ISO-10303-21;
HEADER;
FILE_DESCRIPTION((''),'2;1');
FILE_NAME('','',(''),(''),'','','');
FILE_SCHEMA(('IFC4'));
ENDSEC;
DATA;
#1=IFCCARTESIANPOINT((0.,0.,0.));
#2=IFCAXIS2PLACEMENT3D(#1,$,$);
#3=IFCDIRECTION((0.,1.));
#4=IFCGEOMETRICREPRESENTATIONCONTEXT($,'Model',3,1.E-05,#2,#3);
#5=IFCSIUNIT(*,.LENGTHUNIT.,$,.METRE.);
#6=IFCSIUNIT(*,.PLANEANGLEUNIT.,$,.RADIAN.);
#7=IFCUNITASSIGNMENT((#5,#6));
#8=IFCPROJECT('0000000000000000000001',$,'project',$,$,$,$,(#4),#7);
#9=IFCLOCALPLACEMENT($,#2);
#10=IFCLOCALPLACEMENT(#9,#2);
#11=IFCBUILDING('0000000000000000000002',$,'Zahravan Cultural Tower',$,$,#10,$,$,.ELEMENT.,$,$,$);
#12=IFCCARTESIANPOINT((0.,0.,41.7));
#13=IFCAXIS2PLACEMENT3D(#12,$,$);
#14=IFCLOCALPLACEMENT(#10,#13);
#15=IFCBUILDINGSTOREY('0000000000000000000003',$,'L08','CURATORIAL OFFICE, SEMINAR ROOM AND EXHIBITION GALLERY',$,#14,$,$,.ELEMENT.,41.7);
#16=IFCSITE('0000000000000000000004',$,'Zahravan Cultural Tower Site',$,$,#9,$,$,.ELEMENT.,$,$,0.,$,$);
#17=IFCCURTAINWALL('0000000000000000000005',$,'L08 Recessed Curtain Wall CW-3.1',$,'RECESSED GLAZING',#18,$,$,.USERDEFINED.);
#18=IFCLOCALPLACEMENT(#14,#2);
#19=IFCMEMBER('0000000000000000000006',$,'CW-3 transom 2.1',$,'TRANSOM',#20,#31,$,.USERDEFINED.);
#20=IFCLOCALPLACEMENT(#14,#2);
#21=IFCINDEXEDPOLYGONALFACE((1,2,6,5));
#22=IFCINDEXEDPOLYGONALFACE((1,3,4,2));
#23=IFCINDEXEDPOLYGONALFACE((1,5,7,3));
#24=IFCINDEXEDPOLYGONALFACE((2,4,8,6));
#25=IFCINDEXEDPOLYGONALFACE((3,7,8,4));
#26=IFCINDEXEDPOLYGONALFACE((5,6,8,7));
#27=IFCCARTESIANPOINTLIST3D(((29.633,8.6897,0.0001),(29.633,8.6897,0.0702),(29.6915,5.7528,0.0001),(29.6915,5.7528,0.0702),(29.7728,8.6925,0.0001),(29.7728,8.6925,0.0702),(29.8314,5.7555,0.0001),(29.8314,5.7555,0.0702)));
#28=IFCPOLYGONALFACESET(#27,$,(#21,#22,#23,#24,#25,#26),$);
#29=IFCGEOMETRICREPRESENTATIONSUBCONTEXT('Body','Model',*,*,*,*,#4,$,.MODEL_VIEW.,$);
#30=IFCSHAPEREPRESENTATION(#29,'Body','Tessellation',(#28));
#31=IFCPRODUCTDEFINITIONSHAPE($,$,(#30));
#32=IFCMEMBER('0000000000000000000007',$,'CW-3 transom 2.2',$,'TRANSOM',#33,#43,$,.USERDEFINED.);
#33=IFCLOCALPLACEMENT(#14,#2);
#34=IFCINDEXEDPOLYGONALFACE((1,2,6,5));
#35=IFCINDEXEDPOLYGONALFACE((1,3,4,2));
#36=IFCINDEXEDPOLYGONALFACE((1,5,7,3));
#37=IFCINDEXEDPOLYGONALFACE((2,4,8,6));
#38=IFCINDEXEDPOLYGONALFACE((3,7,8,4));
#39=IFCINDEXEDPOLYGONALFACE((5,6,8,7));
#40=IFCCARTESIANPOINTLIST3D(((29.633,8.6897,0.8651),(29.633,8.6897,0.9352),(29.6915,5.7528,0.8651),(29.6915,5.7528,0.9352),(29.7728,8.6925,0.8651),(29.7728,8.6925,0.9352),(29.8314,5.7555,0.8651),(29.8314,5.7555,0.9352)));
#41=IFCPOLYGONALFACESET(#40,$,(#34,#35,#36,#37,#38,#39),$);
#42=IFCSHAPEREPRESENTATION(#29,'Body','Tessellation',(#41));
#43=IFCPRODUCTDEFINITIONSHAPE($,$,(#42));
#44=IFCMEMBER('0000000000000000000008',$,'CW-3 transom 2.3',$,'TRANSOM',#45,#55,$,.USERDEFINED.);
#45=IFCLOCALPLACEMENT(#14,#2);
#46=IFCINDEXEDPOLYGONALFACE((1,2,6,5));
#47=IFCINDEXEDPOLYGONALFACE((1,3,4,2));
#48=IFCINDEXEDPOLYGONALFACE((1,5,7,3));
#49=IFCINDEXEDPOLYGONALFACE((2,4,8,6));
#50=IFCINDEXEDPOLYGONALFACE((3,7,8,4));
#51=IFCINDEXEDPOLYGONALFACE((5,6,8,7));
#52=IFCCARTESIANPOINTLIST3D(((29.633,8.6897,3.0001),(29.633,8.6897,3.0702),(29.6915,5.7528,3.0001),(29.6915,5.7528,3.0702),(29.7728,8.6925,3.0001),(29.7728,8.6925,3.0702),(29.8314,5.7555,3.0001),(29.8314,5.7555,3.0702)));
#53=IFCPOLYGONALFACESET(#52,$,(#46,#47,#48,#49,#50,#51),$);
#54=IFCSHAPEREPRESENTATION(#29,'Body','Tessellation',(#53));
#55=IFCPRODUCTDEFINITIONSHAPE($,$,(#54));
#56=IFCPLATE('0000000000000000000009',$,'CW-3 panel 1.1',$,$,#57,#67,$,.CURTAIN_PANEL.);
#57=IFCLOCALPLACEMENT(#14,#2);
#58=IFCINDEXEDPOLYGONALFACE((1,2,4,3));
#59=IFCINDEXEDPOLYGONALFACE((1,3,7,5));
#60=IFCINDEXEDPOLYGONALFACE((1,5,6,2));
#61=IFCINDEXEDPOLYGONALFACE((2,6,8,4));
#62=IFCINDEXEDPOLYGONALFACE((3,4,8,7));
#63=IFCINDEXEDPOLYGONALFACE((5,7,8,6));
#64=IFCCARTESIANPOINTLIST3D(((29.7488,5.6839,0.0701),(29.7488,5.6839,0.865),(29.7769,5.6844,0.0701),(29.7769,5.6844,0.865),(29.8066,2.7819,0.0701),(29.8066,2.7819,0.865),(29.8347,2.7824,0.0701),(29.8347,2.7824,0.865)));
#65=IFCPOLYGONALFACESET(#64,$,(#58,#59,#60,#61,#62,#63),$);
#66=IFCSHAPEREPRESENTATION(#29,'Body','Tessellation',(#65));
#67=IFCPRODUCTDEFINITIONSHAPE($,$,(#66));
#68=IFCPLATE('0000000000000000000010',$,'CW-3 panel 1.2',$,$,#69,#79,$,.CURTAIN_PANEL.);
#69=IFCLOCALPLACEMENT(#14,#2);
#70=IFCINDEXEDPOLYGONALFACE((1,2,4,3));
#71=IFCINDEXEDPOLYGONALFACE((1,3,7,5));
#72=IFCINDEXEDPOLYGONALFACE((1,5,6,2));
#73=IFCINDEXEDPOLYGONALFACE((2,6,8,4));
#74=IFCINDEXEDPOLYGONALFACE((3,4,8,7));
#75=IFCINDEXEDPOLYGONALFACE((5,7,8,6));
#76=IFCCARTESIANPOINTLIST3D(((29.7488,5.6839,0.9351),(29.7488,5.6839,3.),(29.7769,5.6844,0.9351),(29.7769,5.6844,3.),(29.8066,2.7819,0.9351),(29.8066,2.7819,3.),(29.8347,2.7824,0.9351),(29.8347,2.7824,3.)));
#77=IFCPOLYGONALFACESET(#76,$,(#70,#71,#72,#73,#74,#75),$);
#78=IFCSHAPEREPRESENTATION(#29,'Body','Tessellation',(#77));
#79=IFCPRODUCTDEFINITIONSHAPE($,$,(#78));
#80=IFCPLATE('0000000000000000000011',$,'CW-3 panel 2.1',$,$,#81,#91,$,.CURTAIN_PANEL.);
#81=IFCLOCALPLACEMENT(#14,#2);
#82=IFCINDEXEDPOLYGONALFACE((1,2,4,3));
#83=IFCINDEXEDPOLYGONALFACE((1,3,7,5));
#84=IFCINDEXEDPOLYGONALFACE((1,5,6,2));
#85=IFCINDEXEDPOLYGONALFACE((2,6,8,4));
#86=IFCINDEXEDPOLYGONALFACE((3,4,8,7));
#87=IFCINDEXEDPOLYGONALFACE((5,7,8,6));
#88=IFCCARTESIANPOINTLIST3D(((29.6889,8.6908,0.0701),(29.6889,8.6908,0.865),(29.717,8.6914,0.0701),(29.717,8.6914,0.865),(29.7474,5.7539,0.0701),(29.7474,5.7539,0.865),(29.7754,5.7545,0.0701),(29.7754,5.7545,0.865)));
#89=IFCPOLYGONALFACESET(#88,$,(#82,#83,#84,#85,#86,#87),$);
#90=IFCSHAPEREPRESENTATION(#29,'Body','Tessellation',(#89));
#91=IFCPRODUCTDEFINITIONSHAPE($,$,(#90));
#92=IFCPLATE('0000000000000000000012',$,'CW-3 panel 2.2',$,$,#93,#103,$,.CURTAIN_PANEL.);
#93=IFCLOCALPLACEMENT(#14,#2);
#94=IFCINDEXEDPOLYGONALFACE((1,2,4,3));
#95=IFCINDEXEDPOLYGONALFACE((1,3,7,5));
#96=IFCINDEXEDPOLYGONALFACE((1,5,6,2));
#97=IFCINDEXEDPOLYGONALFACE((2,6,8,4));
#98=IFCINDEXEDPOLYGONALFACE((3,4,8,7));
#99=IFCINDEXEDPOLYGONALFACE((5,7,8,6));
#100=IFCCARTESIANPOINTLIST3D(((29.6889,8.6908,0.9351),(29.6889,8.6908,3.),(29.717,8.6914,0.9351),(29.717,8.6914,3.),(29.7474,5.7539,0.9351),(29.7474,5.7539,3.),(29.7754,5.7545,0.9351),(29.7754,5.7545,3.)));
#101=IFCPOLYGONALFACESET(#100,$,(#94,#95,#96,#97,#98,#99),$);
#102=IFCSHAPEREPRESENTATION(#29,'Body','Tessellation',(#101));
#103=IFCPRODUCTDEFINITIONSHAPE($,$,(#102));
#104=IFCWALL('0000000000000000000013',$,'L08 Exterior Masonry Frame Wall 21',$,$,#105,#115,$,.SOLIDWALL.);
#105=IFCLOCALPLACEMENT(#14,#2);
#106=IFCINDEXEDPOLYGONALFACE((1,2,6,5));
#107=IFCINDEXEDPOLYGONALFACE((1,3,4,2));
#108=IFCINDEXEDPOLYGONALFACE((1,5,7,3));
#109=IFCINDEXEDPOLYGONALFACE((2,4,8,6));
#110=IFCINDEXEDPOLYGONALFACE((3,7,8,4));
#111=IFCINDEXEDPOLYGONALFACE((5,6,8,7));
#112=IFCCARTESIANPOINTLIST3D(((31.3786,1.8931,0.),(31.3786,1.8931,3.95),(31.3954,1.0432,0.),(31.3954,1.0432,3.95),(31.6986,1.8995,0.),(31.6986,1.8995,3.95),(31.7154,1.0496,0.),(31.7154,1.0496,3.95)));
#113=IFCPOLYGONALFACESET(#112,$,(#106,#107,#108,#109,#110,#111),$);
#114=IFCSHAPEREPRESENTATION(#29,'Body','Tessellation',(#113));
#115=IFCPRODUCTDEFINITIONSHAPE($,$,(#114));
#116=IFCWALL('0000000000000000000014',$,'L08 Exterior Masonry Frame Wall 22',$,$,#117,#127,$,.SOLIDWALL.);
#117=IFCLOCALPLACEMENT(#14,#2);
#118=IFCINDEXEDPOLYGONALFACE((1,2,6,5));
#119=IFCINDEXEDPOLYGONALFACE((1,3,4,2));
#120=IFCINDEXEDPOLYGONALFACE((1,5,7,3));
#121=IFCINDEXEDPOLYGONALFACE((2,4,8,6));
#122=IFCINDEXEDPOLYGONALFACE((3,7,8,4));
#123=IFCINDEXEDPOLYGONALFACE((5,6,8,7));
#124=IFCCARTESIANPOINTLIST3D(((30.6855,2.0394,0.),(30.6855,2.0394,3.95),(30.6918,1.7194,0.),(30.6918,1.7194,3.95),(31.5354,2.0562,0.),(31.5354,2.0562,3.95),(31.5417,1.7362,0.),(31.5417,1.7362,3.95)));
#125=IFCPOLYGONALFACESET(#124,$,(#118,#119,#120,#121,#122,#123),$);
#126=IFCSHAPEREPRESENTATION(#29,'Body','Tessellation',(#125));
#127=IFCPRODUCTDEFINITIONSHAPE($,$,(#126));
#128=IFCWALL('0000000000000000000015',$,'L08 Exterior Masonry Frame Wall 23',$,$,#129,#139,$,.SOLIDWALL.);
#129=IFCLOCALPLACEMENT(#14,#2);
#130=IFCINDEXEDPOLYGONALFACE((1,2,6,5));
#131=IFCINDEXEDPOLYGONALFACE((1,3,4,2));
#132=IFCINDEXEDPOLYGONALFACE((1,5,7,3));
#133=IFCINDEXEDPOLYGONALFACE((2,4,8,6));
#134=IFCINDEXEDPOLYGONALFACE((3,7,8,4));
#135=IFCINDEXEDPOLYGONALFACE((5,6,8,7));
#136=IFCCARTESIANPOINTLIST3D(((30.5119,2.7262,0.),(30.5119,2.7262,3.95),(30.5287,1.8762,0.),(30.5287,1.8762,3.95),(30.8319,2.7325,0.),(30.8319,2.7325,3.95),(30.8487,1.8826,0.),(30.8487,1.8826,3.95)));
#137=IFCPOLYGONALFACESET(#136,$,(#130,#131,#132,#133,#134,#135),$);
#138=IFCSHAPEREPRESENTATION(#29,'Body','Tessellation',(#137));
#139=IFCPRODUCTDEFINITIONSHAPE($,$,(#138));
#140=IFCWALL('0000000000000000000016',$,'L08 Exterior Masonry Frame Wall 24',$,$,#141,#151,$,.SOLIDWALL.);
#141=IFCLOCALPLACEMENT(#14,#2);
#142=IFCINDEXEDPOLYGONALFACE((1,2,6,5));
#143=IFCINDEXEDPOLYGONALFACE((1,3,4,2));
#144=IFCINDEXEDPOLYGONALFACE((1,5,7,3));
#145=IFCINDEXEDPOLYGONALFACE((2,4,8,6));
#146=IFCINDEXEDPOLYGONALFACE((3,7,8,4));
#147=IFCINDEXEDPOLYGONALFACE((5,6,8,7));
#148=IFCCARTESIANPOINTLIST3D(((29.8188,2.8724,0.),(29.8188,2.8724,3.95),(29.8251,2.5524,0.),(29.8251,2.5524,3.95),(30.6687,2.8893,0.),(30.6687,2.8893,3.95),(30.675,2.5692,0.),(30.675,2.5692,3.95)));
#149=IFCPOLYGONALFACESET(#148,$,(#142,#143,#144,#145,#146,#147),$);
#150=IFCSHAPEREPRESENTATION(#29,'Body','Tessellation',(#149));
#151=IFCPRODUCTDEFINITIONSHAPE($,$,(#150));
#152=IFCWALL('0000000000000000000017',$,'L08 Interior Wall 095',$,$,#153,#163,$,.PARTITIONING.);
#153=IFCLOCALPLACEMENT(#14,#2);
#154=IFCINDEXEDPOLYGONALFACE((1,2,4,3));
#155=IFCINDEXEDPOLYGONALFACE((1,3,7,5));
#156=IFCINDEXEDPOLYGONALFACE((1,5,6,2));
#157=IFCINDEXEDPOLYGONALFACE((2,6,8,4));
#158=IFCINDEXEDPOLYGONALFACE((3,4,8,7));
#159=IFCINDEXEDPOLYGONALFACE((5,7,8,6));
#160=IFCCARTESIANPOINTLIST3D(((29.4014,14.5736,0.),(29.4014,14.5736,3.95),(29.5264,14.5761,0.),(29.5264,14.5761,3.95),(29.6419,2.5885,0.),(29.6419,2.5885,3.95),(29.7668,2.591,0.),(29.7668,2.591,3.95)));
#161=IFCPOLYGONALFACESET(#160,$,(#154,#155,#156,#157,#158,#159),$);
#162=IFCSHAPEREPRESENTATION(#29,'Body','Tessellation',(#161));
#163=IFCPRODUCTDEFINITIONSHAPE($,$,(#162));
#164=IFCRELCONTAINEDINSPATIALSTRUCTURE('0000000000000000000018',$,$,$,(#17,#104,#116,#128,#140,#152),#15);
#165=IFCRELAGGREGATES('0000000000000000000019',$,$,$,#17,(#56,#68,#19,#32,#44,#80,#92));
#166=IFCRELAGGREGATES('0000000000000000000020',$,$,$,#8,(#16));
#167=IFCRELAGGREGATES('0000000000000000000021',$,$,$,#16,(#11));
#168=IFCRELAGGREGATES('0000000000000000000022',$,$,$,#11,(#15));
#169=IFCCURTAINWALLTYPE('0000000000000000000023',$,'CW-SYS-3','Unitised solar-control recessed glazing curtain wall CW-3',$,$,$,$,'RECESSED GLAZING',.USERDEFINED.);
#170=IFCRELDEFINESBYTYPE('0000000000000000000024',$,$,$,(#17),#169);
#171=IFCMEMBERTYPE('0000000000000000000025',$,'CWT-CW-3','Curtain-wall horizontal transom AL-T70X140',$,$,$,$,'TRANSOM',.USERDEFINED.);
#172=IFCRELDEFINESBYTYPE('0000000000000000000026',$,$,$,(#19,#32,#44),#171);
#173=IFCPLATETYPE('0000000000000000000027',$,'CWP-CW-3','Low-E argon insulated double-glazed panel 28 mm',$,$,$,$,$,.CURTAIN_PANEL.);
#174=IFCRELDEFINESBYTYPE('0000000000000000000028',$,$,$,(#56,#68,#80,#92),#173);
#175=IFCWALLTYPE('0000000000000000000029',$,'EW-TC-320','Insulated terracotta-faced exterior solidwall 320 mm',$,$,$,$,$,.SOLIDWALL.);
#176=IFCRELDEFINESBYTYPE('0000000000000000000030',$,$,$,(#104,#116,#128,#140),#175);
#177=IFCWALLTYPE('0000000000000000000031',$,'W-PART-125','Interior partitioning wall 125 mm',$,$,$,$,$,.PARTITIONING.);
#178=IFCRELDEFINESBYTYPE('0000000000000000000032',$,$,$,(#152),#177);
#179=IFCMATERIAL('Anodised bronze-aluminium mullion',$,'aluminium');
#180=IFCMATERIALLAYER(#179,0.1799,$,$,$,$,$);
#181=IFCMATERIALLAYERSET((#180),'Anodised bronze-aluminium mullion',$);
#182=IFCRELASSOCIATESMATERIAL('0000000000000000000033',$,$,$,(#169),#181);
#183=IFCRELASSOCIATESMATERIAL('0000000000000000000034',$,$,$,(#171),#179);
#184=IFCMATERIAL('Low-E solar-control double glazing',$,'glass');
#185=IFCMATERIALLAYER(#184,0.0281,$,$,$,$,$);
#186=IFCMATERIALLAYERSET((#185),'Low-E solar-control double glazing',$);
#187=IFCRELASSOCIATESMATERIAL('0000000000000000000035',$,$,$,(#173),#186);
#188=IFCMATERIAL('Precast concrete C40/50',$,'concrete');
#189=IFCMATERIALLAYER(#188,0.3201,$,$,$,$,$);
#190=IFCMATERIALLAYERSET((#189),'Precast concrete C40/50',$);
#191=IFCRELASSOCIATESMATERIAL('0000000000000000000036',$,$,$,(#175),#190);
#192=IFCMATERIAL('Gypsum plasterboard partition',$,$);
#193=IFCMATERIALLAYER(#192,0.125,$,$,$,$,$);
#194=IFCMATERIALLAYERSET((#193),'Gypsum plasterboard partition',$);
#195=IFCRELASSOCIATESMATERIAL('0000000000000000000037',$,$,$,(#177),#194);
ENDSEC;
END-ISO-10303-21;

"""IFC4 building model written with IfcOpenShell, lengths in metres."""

from ifc_helpers import new_model, si_unit, direction, frame, frame_2d, origin, origin_2d, place, context, subcontext, project, spatial, rectangle, extrude, source, transform, mapped, material, layer, layer_set, material_profile, profile_set, type_object, element, aggregate, save


model = new_model("IFC4")

# Units and contexts
model_context = context("Model", 3, precision=1e-05, world=origin(), true_north=direction((0.0, 1.0)))
body_context = subcontext(model_context, "Body", "Model", "MODEL_VIEW")
ifc_project = project(units=[si_unit("LENGTHUNIT", "METRE"), si_unit("PLANEANGLEUNIT", "RADIAN")], contexts=[model_context])

# Site, building, storey
site_placement = place(None, origin())
site = spatial("IfcSite", under=ifc_project, at=site_placement, Name="Zahravan Cultural Tower Site", CompositionType="ELEMENT", RefElevation=0.0)
building_placement = place(site_placement, origin())
building = spatial("IfcBuilding", under=site, at=building_placement, Name="Zahravan Cultural Tower", CompositionType="ELEMENT")
storey_placement = place(building_placement, frame((0.0, 0.0, 41.7)))
storey = spatial("IfcBuildingStorey", under=building, at=storey_placement, Name="L08", Description="CURATORIAL OFFICE, SEMINAR ROOM AND EXHIBITION GALLERY", CompositionType="ELEMENT", Elevation=41.7)

# Curtain wall, members, plates
ifc_material_1 = material(Name="Anodised bronze-aluminium mullion", Category="aluminium")
ifc_layer_1 = layer(ifc_material_1, 0.1799)
ifc_layer_set_1 = layer_set([ifc_layer_1], Name="Anodised bronze-aluminium mullion")
curtain_wall_type = type_object("IfcCurtainWallType", Name="CW-SYS-3", Description="Unitised solar-control recessed glazing curtain wall CW-3", ElementType="RECESSED GLAZING", PredefinedType="USERDEFINED", material=ifc_layer_set_1)
curtain_wall_placement = place(storey_placement, origin())
curtain_wall = element("IfcCurtainWall", 1, at=curtain_wall_placement, inside=storey, type_object=curtain_wall_type, Name="L08 Recessed Curtain Wall CW-3.1", ObjectType="RECESSED GLAZING", PredefinedType="USERDEFINED")
ifc_material_profile_1 = material_profile(ifc_material_1, rectangle(XDim=0.1399, YDim=0.0701, at=origin_2d()), Name="AL-T70X140")
ifc_profile_set_1 = profile_set([ifc_material_profile_1], Name="Anodised bronze-aluminium mullion")
member_type_1 = type_object("IfcMemberType", Name="CWT-CW-3", Description="Curtain-wall horizontal transom AL-T70X140", ElementType="TRANSOM", PredefinedType="USERDEFINED", material=ifc_profile_set_1)
shared_shape_1 = source(origin(), body_context, "Body", "SweptSolid", [
    extrude(rectangle(XDim=0.1399, YDim=0.0701, at=origin_2d()), origin(), (0.0, 0.0, 1.0), 2.9375),
])
member_1_placement = place(storey_placement, frame((29.7615, 5.7542, 0.0352), z_axis=(-0.019946, 0.999801, 0.0), x_axis=(-0.999801, -0.019946, 0.0)))
member_1 = element("IfcMember", 2, at=member_1_placement, type_object=member_type_1, Name="CW-3 transom 2.1", ObjectType="TRANSOM", PredefinedType="USERDEFINED", context=body_context, shape_type="MappedRepresentation", body=[
    mapped(shared_shape_1, transform((0.0, 0.0, 0.0), x_axis=(1.0, 0.0, 0.0), y_axis=(0.0, 1.0, 0.0), z_axis=(0.0, 0.0, 1.0), scale=1.0)),
])
member_2_placement = place(storey_placement, frame((29.7615, 5.7542, 0.9001), z_axis=(-0.019946, 0.999801, 0.0), x_axis=(-0.999801, -0.019946, 0.0)))
member_2 = element("IfcMember", 3, at=member_2_placement, type_object=member_type_1, Name="CW-3 transom 2.2", ObjectType="TRANSOM", PredefinedType="USERDEFINED", context=body_context, shape_type="MappedRepresentation", body=[
    mapped(shared_shape_1, transform((0.0, 0.0, 0.0), x_axis=(1.0, 0.0, 0.0), y_axis=(0.0, 1.0, 0.0), z_axis=(0.0, 0.0, 1.0), scale=1.0)),
])
member_3_placement = place(storey_placement, frame((29.7615, 5.7542, 3.0352), z_axis=(-0.019946, 0.999801, 0.0), x_axis=(-0.999801, -0.019946, 0.0)))
member_3 = element("IfcMember", 4, at=member_3_placement, type_object=member_type_1, Name="CW-3 transom 2.3", ObjectType="TRANSOM", PredefinedType="USERDEFINED", context=body_context, shape_type="MappedRepresentation", body=[
    mapped(shared_shape_1, transform((0.0, 0.0, 0.0), x_axis=(1.0, 0.0, 0.0), y_axis=(0.0, 1.0, 0.0), z_axis=(0.0, 0.0, 1.0), scale=1.0)),
])
ifc_material_2 = material(Name="Low-E solar-control double glazing", Category="glass")
ifc_layer_2 = layer(ifc_material_2, 0.0281)
ifc_layer_set_2 = layer_set([ifc_layer_2], Name="Low-E solar-control double glazing")
plate_type = type_object("IfcPlateType", Name="CWP-CW-3", Description="Low-E argon insulated double-glazed panel 28 mm", PredefinedType="CURTAIN_PANEL", material=ifc_layer_set_2)
shared_shape_2 = source(origin(), body_context, "Body", "SweptSolid", [
    extrude(rectangle(XDim=2.9026, YDim=0.0281, at=origin_2d()), origin(), (0.0, 0.0, 1.0), 0.7949),
])
plate_1_placement = place(storey_placement, frame((29.7917, 4.2332, 0.0701), z_axis=(0.0, 0.0, 1.0), x_axis=(-0.0199, 0.999802, 0.0)))
plate_1 = element("IfcPlate", 5, at=plate_1_placement, type_object=plate_type, Name="CW-3 panel 1.1", PredefinedType="CURTAIN_PANEL", context=body_context, shape_type="MappedRepresentation", body=[
    mapped(shared_shape_2, transform((0.0, 0.0, 0.0), x_axis=(1.0, 0.0, 0.0), y_axis=(0.0, 1.0, 0.0), z_axis=(0.0, 0.0, 1.0), scale=1.0)),
])
shared_shape_3 = source(origin(), body_context, "Body", "SweptSolid", [
    extrude(rectangle(XDim=2.9026, YDim=0.0281, at=origin_2d()), origin(), (0.0, 0.0, 1.0), 2.0649),
])
plate_2_placement = place(storey_placement, frame((29.7917, 4.2332, 0.9351), z_axis=(0.0, 0.0, 1.0), x_axis=(-0.0199, 0.999802, 0.0)))
plate_2 = element("IfcPlate", 6, at=plate_2_placement, type_object=plate_type, Name="CW-3 panel 1.2", PredefinedType="CURTAIN_PANEL", context=body_context, shape_type="MappedRepresentation", body=[
    mapped(shared_shape_3, transform((0.0, 0.0, 0.0), x_axis=(1.0, 0.0, 0.0), y_axis=(0.0, 1.0, 0.0), z_axis=(0.0, 0.0, 1.0), scale=1.0)),
])
shared_shape_4 = source(origin(), body_context, "Body", "SweptSolid", [
    extrude(rectangle(XDim=2.9375, YDim=0.0281, at=origin_2d()), origin(), (0.0, 0.0, 1.0), 0.7949),
])
plate_3_placement = place(storey_placement, frame((29.7322, 7.2227, 0.0701), z_axis=(0.0, 0.0, 1.0), x_axis=(-0.0199, 0.999802, 0.0)))
plate_3 = element("IfcPlate", 7, at=plate_3_placement, type_object=plate_type, Name="CW-3 panel 2.1", PredefinedType="CURTAIN_PANEL", context=body_context, shape_type="MappedRepresentation", body=[
    mapped(shared_shape_4, transform((0.0, 0.0, 0.0), x_axis=(1.0, 0.0, 0.0), y_axis=(0.0, 1.0, 0.0), z_axis=(0.0, 0.0, 1.0), scale=1.0)),
])
shared_shape_5 = source(origin(), body_context, "Body", "SweptSolid", [
    extrude(rectangle(XDim=2.9375, YDim=0.0281, at=origin_2d()), origin(), (0.0, 0.0, 1.0), 2.0649),
])
plate_4_placement = place(storey_placement, frame((29.7322, 7.2227, 0.9351), z_axis=(0.0, 0.0, 1.0), x_axis=(-0.0199, 0.999802, 0.0)))
plate_4 = element("IfcPlate", 8, at=plate_4_placement, type_object=plate_type, Name="CW-3 panel 2.2", PredefinedType="CURTAIN_PANEL", context=body_context, shape_type="MappedRepresentation", body=[
    mapped(shared_shape_5, transform((0.0, 0.0, 0.0), x_axis=(1.0, 0.0, 0.0), y_axis=(0.0, 1.0, 0.0), z_axis=(0.0, 0.0, 1.0), scale=1.0)),
])
aggregate(curtain_wall, [plate_1, plate_2, member_1, member_2, member_3, plate_3, plate_4])

# Walls
ifc_material_3 = material(Name="Precast concrete C40/50", Category="concrete")
ifc_layer_3 = layer(ifc_material_3, 0.3201)
ifc_layer_set_3 = layer_set([ifc_layer_3], Name="Precast concrete C40/50")
wall_type_1 = type_object("IfcWallType", Name="EW-TC-320", Description="Insulated terracotta-faced exterior solidwall 320 mm", PredefinedType="SOLIDWALL", material=ifc_layer_set_3)
shared_shape_6 = source(origin(), body_context, "Body", "SweptSolid", [
    extrude(rectangle(XDim=0.8501, YDim=0.3201, at=frame_2d((0.425, 0.0))), origin(), (0.0, 0.0, 1.0), 3.95),
])
for number, where, z_axis, x_axis, name in (
    (9, (31.5554, 1.0464, 0.0), (0.0, 0.0, 1.0), (-0.019818, 0.999804, 0.0), "L08 Exterior Masonry Frame Wall 21"),
    (10, (31.5386, 1.8962, 0.0), (0.0, 0.0, 1.0), (-0.999804, -0.019818, 0.0), "L08 Exterior Masonry Frame Wall 22"),
    (11, (30.6887, 1.8794, 0.0), (0.0, 0.0, 1.0), (-0.019818, 0.999804, 0.0), "L08 Exterior Masonry Frame Wall 23"),
    (12, (30.6719, 2.7292, 0.0), (0.0, 0.0, 1.0), (-0.999804, -0.019818, 0.0), "L08 Exterior Masonry Frame Wall 24"),
):
    element("IfcWall", number, at=place(storey_placement, frame(where, z_axis=z_axis, x_axis=x_axis)), inside=storey, type_object=wall_type_1, Name=name, PredefinedType="SOLIDWALL", context=body_context, shape_type="MappedRepresentation", body=[
        mapped(shared_shape_6, transform((0.0, 0.0, 0.0), x_axis=(1.0, 0.0, 0.0), y_axis=(0.0, 1.0, 0.0), z_axis=(0.0, 0.0, 1.0), scale=1.0)),
    ])
ifc_material_4 = material(Name="Gypsum plasterboard partition")
ifc_layer_4 = layer(ifc_material_4, 0.125)
ifc_layer_set_4 = layer_set([ifc_layer_4], Name="Gypsum plasterboard partition")
wall_type_2 = type_object("IfcWallType", Name="W-PART-125", Description="Interior partitioning wall 125 mm", PredefinedType="PARTITIONING", material=ifc_layer_set_4)
shared_shape_7 = source(origin(), body_context, "Body", "SweptSolid", [
    extrude(rectangle(XDim=11.9875, YDim=0.125, at=frame_2d((5.9937, 0.0))), origin(), (0.0, 0.0, 1.0), 3.95),
])
wall_placement = place(storey_placement, frame((29.7043, 2.5898, 0.0), z_axis=(0.0, 0.0, 1.0), x_axis=(-0.020061, 0.999799, 0.0)))
element("IfcWall", 13, at=wall_placement, inside=storey, type_object=wall_type_2, Name="L08 Interior Wall 095", PredefinedType="PARTITIONING", context=body_context, shape_type="MappedRepresentation", body=[
    mapped(shared_shape_7, transform((0.0, 0.0, 0.0), x_axis=(1.0, 0.0, 0.0), y_axis=(0.0, 1.0, 0.0), z_axis=(0.0, 0.0, 1.0), scale=1.0)),
])

save(model, "model.ifc")
